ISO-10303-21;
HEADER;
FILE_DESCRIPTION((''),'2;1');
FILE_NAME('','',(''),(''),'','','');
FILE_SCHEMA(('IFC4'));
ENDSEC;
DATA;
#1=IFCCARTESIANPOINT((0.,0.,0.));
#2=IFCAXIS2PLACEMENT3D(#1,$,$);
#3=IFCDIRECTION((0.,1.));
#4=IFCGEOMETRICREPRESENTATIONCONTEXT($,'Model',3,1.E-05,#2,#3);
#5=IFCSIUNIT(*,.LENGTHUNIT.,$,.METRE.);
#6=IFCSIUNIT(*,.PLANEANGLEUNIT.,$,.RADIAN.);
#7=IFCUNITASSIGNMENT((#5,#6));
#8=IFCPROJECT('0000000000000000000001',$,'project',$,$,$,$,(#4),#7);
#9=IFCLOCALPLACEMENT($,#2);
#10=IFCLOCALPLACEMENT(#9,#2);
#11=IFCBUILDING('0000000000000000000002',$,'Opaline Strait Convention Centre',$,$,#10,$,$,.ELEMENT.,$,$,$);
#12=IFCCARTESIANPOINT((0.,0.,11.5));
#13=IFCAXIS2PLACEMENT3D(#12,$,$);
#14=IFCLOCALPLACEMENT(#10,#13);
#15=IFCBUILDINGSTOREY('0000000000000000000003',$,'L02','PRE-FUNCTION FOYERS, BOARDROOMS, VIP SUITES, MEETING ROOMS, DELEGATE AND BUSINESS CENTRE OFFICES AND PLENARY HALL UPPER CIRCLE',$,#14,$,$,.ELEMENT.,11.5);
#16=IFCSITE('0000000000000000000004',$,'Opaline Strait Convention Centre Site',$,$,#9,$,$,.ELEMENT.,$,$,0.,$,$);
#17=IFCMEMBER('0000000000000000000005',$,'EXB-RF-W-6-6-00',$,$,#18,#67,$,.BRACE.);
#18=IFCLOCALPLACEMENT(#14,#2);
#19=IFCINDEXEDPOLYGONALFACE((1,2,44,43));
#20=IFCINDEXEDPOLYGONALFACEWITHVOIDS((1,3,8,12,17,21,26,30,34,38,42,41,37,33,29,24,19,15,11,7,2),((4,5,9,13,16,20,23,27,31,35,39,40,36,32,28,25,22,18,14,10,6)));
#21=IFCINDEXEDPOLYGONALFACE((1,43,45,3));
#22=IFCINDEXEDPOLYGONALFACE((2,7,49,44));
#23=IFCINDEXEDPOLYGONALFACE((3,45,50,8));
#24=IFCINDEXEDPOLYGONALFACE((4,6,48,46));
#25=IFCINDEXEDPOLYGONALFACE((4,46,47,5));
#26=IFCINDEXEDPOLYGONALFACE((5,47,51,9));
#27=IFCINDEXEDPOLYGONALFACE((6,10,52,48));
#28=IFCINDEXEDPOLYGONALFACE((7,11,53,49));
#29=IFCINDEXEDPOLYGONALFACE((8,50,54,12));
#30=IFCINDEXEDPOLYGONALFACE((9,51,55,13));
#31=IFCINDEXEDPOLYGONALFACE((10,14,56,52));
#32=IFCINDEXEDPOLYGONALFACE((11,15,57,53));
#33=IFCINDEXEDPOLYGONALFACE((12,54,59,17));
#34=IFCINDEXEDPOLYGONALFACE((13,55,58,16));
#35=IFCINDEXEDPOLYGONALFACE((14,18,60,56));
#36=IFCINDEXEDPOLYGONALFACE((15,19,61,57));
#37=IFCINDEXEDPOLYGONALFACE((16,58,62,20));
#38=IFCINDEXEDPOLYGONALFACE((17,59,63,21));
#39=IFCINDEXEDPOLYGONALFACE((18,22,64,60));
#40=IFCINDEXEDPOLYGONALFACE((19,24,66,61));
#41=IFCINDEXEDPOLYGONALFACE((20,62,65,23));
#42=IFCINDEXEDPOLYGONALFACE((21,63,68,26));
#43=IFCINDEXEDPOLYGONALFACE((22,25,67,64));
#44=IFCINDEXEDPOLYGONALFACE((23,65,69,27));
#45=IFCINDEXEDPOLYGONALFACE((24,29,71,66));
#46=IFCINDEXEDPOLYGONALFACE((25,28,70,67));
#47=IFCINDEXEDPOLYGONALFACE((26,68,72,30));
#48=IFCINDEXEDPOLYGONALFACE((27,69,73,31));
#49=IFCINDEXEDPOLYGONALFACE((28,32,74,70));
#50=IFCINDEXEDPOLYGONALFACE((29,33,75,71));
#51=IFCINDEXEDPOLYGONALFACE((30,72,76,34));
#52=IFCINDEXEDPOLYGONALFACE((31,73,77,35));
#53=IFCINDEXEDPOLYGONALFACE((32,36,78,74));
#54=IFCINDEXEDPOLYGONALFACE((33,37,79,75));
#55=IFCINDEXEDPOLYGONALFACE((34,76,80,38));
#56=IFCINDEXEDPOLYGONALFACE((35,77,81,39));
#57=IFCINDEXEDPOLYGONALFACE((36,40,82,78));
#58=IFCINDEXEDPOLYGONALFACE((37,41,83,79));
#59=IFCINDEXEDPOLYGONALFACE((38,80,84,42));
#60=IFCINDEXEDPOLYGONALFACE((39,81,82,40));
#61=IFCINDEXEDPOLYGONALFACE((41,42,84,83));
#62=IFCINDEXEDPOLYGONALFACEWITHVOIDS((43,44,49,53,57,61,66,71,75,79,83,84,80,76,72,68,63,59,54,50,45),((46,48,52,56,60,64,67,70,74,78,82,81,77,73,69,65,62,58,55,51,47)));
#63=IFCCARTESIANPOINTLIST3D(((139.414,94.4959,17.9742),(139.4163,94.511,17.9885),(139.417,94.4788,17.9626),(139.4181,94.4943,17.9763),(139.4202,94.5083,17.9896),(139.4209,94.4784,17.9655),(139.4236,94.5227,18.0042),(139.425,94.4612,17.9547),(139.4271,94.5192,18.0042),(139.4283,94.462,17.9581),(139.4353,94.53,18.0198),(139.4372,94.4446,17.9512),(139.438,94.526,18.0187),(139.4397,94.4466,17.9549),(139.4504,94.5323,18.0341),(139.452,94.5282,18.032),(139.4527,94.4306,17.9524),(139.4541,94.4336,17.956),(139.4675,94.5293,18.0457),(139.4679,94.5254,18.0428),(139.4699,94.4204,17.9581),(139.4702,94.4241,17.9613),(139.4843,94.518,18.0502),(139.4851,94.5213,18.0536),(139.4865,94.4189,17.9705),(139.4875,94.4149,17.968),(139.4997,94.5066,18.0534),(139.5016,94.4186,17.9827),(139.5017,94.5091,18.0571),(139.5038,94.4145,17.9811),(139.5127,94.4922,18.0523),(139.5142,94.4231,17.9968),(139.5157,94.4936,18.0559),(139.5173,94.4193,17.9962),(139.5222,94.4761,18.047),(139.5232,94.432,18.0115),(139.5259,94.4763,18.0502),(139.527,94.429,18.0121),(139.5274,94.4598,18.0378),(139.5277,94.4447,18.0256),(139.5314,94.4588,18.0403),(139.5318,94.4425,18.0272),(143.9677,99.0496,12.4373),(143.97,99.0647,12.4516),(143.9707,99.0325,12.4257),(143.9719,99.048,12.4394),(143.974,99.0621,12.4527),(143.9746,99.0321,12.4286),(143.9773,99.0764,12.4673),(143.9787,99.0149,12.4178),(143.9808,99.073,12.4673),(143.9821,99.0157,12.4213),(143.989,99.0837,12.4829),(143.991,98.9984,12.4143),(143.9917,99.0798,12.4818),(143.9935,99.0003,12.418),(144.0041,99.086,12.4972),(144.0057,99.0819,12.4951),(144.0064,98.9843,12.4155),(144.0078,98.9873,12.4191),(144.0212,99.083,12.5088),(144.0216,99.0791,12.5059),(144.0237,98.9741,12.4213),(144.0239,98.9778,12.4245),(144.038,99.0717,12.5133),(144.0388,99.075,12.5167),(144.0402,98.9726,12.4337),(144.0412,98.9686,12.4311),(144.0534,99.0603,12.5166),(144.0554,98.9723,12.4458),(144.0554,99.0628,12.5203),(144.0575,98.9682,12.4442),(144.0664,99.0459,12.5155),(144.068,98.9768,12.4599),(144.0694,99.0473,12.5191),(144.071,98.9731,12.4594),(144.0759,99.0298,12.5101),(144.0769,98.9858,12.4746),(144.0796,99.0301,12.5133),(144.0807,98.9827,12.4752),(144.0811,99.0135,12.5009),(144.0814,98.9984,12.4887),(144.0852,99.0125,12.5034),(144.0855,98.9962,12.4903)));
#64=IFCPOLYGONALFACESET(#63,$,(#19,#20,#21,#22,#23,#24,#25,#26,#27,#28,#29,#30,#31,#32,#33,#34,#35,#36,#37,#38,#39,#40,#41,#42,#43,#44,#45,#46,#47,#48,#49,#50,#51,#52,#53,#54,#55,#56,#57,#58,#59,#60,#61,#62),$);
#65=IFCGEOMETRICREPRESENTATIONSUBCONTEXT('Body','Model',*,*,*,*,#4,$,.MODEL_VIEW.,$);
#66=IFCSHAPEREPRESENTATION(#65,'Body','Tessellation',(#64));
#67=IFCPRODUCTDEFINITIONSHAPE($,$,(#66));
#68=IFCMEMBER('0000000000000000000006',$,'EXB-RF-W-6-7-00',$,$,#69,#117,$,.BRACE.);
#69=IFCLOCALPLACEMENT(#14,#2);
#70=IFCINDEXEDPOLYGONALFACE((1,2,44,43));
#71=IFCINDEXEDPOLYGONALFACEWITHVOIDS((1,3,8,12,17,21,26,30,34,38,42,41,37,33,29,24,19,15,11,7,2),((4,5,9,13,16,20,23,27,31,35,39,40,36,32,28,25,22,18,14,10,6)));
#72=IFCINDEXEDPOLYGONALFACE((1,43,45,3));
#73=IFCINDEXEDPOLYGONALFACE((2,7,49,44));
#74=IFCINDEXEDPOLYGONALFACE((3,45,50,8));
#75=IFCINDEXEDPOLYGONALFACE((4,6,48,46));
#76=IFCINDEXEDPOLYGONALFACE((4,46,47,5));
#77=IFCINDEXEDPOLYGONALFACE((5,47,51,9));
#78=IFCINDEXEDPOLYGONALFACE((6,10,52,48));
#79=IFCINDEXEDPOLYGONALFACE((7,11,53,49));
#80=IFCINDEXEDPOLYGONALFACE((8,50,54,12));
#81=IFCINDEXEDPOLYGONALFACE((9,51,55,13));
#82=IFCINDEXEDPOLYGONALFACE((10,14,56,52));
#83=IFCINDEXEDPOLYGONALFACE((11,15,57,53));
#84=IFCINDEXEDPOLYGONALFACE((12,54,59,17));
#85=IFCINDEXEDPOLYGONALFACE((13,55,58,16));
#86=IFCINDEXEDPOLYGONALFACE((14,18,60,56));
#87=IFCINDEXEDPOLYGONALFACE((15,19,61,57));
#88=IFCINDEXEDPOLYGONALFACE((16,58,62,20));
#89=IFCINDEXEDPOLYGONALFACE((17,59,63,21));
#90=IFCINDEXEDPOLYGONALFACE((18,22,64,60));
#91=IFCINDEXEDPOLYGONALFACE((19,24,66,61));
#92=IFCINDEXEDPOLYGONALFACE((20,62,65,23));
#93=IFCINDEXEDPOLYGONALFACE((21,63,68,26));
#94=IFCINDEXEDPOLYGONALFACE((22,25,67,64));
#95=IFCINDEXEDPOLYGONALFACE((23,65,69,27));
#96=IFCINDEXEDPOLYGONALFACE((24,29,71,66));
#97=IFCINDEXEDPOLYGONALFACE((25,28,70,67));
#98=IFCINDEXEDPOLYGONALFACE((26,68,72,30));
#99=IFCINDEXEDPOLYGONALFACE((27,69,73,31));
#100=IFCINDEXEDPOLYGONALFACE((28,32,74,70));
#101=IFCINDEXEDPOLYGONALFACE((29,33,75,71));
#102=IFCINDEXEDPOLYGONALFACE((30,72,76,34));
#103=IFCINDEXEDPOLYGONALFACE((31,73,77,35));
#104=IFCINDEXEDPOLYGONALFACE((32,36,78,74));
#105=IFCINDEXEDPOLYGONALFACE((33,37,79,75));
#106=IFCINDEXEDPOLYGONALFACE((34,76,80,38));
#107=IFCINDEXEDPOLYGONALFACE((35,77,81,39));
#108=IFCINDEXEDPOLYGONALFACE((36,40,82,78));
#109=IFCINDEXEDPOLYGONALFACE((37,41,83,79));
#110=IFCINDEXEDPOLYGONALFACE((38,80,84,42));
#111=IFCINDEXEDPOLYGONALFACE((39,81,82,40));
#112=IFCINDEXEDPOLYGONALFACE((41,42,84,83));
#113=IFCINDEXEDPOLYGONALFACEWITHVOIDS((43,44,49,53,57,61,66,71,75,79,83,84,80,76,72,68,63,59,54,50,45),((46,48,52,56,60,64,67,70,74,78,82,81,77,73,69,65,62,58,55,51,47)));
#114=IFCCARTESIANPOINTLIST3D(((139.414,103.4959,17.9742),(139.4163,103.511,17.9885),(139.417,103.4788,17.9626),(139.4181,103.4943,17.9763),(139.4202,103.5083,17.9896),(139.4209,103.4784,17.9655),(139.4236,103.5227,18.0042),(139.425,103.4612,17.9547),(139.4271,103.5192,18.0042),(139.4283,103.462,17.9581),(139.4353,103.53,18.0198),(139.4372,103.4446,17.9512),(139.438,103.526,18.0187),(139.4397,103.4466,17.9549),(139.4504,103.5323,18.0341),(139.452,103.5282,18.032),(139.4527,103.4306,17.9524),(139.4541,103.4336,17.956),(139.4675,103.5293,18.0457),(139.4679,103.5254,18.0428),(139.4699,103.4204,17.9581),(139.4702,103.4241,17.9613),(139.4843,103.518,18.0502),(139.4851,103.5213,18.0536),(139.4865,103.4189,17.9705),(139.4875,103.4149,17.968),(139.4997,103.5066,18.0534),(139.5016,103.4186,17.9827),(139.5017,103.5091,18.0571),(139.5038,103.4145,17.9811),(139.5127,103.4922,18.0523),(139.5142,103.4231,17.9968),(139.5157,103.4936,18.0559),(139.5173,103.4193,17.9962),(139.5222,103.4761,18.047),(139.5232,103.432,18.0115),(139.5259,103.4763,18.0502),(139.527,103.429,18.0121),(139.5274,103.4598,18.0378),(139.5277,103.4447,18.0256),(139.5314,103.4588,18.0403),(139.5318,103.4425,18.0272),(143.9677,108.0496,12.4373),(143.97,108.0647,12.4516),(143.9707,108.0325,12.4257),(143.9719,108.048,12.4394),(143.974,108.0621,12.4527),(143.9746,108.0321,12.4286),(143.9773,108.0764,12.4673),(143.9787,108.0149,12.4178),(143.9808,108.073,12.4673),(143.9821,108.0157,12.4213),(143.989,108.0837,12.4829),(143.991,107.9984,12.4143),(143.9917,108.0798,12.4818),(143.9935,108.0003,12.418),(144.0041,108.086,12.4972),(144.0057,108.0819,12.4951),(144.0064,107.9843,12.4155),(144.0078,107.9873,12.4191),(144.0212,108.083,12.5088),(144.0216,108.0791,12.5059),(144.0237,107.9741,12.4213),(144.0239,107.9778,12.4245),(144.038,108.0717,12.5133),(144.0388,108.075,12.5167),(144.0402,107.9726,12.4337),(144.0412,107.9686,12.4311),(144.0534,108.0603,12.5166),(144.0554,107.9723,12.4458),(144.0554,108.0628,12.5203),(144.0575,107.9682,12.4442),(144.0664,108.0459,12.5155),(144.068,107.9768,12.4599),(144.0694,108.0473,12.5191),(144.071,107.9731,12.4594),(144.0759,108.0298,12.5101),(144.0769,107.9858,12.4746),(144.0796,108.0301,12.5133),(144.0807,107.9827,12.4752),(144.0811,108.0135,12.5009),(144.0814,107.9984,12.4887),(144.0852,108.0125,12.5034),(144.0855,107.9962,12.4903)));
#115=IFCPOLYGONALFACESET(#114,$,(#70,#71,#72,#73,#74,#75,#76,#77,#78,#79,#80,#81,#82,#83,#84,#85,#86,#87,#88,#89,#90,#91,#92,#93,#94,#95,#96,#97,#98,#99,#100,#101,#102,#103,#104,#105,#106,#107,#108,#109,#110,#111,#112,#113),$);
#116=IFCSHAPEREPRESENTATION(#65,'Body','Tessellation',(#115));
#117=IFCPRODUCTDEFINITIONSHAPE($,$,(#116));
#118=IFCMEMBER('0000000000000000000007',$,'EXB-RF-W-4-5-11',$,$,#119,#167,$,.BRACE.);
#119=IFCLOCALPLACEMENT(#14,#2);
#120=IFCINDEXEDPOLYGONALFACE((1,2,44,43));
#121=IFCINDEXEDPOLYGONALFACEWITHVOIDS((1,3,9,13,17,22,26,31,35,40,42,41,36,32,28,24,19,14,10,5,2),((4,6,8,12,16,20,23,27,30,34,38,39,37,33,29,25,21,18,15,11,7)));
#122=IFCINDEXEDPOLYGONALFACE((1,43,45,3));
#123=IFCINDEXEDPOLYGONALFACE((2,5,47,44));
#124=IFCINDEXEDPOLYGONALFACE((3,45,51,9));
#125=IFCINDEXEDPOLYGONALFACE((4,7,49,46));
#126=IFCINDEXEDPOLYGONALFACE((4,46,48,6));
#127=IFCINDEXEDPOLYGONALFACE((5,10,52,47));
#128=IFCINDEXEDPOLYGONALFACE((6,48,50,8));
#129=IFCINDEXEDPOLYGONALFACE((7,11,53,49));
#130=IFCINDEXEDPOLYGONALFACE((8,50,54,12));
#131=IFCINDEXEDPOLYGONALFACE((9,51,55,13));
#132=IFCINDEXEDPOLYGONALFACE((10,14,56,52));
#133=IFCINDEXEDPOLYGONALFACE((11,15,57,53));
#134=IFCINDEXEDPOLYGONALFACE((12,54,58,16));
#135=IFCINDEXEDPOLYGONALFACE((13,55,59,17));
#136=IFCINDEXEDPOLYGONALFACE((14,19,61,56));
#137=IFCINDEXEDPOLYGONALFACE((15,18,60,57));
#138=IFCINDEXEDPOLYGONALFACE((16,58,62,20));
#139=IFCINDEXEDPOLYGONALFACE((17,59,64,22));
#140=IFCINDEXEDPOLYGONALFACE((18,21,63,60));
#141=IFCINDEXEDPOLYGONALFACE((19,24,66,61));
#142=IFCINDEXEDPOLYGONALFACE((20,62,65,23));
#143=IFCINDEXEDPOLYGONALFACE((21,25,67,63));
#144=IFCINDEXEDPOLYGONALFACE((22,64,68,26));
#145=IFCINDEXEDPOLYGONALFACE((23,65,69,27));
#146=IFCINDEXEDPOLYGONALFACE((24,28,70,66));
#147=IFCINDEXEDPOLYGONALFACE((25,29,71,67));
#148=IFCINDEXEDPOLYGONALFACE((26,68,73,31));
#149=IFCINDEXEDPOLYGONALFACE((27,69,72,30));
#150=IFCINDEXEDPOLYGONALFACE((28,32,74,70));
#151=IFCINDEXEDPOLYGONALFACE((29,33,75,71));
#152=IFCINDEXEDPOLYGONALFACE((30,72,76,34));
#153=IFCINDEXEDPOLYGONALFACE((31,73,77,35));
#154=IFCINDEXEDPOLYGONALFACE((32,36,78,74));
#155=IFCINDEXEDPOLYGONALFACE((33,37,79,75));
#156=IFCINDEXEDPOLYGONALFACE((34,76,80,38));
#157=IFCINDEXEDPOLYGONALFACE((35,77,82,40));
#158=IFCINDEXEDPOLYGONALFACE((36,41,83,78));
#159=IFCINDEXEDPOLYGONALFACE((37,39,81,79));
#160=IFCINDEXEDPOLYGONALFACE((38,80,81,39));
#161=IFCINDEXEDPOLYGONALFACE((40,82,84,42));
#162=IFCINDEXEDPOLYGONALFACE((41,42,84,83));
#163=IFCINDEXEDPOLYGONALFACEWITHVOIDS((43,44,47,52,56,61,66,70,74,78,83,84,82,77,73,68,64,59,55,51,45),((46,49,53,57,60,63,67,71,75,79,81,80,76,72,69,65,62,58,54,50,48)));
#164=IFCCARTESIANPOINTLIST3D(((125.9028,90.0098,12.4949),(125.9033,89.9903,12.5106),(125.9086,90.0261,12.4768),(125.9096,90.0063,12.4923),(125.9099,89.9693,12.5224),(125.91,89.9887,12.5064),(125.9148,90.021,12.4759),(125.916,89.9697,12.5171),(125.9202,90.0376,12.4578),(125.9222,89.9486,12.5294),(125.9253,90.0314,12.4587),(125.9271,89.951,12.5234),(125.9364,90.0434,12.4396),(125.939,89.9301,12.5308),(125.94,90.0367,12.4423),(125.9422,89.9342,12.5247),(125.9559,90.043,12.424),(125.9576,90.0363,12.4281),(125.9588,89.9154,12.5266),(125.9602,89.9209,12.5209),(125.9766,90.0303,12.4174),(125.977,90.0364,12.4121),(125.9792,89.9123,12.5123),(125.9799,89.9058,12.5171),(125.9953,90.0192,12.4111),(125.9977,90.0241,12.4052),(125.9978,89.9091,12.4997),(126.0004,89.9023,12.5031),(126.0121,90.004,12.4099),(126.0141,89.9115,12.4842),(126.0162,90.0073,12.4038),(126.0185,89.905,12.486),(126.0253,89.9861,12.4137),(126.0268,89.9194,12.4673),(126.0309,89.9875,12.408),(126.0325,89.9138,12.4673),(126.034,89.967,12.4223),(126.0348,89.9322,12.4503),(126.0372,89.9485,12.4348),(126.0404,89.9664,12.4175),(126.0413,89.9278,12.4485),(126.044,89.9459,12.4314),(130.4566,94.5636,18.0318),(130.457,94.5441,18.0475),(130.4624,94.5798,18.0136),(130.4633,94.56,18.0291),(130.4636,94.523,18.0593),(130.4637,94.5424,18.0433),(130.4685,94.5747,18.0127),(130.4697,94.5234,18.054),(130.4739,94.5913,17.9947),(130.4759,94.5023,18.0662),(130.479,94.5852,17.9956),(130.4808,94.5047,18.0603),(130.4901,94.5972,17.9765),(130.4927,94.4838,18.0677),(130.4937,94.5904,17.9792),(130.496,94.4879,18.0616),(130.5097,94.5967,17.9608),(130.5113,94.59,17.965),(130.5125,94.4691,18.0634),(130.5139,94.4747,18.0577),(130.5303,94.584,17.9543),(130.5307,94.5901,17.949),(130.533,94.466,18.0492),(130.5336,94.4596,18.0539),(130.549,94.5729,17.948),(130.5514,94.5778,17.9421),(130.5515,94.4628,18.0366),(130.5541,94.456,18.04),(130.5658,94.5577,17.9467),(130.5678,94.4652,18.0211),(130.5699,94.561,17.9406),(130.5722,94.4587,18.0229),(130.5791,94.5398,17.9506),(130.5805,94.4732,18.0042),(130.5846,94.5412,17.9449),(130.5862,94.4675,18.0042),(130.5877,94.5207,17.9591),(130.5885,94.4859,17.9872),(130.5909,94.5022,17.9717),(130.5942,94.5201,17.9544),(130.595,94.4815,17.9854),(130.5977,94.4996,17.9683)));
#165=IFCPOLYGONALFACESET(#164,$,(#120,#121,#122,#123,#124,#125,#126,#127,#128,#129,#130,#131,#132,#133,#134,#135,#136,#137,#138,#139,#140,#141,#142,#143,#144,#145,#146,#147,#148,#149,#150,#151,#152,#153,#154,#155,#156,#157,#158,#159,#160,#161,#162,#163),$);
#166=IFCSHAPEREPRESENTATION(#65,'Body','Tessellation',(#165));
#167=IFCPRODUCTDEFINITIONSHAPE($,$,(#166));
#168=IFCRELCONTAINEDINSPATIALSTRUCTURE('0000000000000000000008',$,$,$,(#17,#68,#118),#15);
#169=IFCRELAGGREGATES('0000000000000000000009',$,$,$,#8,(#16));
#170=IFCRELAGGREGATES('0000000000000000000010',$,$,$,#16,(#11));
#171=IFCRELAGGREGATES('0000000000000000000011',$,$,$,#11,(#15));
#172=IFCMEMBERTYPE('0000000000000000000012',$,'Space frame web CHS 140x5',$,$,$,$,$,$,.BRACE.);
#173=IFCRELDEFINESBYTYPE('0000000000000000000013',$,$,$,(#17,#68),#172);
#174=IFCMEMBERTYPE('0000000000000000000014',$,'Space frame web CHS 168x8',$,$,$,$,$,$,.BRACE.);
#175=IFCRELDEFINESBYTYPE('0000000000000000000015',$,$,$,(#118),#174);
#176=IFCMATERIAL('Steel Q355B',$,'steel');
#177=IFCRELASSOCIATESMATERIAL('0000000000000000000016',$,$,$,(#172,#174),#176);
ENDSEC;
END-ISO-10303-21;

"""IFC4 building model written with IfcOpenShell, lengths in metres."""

from ifc_helpers import new_model, si_unit, direction, frame, origin, origin_2d, place, context, subcontext, project, spatial, hollow_circle, extrude, material, material_profile, profile_set, type_object, element, save


model = new_model("IFC4")

# Units and contexts
model_context = context("Model", 3, precision=1e-05, world=origin(), true_north=direction((0.0, 1.0)))
body_context = subcontext(model_context, "Body", "Model", "MODEL_VIEW")
ifc_project = project(units=[si_unit("LENGTHUNIT", "METRE"), si_unit("PLANEANGLEUNIT", "RADIAN")], contexts=[model_context])

# Site, building, storey
site_placement = place(None, origin())
site = spatial("IfcSite", under=ifc_project, at=site_placement, Name="Opaline Strait Convention Centre Site", CompositionType="ELEMENT", RefElevation=0.0)
building_placement = place(site_placement, origin())
building = spatial("IfcBuilding", under=site, at=building_placement, Name="Opaline Strait Convention Centre", CompositionType="ELEMENT")
storey_placement = place(building_placement, frame((0.0, 0.0, 11.5)))
storey = spatial("IfcBuildingStorey", under=building, at=storey_placement, Name="L02", Description="PRE-FUNCTION FOYERS, BOARDROOMS, VIP SUITES, MEETING ROOMS, DELEGATE AND BUSINESS CENTRE OFFICES AND PLENARY HALL UPPER CIRCLE", CompositionType="ELEMENT", Elevation=11.5)

# Members
ifc_material = material(Name="Steel Q355B", Category="steel")
ifc_material_profile_1 = material_profile(ifc_material, hollow_circle(Radius=0.0701, WallThickness=0.0049, at=origin_2d()), Name="CHS 140x5")
ifc_profile_set_1 = profile_set([ifc_material_profile_1], Name="Steel Q355B")
member_type_1 = type_object("IfcMemberType", Name="Space frame web CHS 140x5", PredefinedType="BRACE", material=ifc_profile_set_1)
for number, where, z_axis, x_axis, name in (
    (1, (139.4731, 94.4731, 18.0042), (0.536178, 0.536178, -0.65194), (-0.707107, 0.707107, 0.0), "EXB-RF-W-6-6-00"),
    (2, (139.4731, 103.4731, 18.0042), (0.536178, 0.536178, -0.65194), (-0.707107, 0.707107, 0.0), "EXB-RF-W-6-7-00"),
):
    element("IfcMember", number, at=place(storey_placement, frame(where, z_axis=z_axis, x_axis=x_axis)), inside=storey, type_object=member_type_1, Name=name, PredefinedType="BRACE", context=body_context, shape_type="SweptSolid", body=[
        extrude(hollow_circle(Radius=0.0701, WallThickness=0.0049, at=origin_2d()), origin(), (0.0, 0.0, 1.0), 8.4929),
    ])
ifc_material_profile_2 = material_profile(ifc_material, hollow_circle(Radius=0.084, WallThickness=0.0081, at=origin_2d()), Name="CHS 168x8")
ifc_profile_set_2 = profile_set([ifc_material_profile_2], Name="Steel Q355B")
member_type_2 = type_object("IfcMemberType", Name="Space frame web CHS 168x8", PredefinedType="BRACE", material=ifc_profile_set_2)
for number, where, z_axis, x_axis, name in (
    (3, (130.5269, 94.5269, 18.0042), (-0.536178, -0.536178, -0.65194), (0.707107, -0.707107, 0.0), "EXB-RF-W-4-5-11"),
):
    element("IfcMember", number, at=place(storey_placement, frame(where, z_axis=z_axis, x_axis=x_axis)), inside=storey, type_object=member_type_2, Name=name, PredefinedType="BRACE", context=body_context, shape_type="SweptSolid", body=[
        extrude(hollow_circle(Radius=0.084, WallThickness=0.0081, at=origin_2d()), origin(), (0.0, 0.0, 1.0), 8.4929),
    ])

save(model, "model.ifc")
